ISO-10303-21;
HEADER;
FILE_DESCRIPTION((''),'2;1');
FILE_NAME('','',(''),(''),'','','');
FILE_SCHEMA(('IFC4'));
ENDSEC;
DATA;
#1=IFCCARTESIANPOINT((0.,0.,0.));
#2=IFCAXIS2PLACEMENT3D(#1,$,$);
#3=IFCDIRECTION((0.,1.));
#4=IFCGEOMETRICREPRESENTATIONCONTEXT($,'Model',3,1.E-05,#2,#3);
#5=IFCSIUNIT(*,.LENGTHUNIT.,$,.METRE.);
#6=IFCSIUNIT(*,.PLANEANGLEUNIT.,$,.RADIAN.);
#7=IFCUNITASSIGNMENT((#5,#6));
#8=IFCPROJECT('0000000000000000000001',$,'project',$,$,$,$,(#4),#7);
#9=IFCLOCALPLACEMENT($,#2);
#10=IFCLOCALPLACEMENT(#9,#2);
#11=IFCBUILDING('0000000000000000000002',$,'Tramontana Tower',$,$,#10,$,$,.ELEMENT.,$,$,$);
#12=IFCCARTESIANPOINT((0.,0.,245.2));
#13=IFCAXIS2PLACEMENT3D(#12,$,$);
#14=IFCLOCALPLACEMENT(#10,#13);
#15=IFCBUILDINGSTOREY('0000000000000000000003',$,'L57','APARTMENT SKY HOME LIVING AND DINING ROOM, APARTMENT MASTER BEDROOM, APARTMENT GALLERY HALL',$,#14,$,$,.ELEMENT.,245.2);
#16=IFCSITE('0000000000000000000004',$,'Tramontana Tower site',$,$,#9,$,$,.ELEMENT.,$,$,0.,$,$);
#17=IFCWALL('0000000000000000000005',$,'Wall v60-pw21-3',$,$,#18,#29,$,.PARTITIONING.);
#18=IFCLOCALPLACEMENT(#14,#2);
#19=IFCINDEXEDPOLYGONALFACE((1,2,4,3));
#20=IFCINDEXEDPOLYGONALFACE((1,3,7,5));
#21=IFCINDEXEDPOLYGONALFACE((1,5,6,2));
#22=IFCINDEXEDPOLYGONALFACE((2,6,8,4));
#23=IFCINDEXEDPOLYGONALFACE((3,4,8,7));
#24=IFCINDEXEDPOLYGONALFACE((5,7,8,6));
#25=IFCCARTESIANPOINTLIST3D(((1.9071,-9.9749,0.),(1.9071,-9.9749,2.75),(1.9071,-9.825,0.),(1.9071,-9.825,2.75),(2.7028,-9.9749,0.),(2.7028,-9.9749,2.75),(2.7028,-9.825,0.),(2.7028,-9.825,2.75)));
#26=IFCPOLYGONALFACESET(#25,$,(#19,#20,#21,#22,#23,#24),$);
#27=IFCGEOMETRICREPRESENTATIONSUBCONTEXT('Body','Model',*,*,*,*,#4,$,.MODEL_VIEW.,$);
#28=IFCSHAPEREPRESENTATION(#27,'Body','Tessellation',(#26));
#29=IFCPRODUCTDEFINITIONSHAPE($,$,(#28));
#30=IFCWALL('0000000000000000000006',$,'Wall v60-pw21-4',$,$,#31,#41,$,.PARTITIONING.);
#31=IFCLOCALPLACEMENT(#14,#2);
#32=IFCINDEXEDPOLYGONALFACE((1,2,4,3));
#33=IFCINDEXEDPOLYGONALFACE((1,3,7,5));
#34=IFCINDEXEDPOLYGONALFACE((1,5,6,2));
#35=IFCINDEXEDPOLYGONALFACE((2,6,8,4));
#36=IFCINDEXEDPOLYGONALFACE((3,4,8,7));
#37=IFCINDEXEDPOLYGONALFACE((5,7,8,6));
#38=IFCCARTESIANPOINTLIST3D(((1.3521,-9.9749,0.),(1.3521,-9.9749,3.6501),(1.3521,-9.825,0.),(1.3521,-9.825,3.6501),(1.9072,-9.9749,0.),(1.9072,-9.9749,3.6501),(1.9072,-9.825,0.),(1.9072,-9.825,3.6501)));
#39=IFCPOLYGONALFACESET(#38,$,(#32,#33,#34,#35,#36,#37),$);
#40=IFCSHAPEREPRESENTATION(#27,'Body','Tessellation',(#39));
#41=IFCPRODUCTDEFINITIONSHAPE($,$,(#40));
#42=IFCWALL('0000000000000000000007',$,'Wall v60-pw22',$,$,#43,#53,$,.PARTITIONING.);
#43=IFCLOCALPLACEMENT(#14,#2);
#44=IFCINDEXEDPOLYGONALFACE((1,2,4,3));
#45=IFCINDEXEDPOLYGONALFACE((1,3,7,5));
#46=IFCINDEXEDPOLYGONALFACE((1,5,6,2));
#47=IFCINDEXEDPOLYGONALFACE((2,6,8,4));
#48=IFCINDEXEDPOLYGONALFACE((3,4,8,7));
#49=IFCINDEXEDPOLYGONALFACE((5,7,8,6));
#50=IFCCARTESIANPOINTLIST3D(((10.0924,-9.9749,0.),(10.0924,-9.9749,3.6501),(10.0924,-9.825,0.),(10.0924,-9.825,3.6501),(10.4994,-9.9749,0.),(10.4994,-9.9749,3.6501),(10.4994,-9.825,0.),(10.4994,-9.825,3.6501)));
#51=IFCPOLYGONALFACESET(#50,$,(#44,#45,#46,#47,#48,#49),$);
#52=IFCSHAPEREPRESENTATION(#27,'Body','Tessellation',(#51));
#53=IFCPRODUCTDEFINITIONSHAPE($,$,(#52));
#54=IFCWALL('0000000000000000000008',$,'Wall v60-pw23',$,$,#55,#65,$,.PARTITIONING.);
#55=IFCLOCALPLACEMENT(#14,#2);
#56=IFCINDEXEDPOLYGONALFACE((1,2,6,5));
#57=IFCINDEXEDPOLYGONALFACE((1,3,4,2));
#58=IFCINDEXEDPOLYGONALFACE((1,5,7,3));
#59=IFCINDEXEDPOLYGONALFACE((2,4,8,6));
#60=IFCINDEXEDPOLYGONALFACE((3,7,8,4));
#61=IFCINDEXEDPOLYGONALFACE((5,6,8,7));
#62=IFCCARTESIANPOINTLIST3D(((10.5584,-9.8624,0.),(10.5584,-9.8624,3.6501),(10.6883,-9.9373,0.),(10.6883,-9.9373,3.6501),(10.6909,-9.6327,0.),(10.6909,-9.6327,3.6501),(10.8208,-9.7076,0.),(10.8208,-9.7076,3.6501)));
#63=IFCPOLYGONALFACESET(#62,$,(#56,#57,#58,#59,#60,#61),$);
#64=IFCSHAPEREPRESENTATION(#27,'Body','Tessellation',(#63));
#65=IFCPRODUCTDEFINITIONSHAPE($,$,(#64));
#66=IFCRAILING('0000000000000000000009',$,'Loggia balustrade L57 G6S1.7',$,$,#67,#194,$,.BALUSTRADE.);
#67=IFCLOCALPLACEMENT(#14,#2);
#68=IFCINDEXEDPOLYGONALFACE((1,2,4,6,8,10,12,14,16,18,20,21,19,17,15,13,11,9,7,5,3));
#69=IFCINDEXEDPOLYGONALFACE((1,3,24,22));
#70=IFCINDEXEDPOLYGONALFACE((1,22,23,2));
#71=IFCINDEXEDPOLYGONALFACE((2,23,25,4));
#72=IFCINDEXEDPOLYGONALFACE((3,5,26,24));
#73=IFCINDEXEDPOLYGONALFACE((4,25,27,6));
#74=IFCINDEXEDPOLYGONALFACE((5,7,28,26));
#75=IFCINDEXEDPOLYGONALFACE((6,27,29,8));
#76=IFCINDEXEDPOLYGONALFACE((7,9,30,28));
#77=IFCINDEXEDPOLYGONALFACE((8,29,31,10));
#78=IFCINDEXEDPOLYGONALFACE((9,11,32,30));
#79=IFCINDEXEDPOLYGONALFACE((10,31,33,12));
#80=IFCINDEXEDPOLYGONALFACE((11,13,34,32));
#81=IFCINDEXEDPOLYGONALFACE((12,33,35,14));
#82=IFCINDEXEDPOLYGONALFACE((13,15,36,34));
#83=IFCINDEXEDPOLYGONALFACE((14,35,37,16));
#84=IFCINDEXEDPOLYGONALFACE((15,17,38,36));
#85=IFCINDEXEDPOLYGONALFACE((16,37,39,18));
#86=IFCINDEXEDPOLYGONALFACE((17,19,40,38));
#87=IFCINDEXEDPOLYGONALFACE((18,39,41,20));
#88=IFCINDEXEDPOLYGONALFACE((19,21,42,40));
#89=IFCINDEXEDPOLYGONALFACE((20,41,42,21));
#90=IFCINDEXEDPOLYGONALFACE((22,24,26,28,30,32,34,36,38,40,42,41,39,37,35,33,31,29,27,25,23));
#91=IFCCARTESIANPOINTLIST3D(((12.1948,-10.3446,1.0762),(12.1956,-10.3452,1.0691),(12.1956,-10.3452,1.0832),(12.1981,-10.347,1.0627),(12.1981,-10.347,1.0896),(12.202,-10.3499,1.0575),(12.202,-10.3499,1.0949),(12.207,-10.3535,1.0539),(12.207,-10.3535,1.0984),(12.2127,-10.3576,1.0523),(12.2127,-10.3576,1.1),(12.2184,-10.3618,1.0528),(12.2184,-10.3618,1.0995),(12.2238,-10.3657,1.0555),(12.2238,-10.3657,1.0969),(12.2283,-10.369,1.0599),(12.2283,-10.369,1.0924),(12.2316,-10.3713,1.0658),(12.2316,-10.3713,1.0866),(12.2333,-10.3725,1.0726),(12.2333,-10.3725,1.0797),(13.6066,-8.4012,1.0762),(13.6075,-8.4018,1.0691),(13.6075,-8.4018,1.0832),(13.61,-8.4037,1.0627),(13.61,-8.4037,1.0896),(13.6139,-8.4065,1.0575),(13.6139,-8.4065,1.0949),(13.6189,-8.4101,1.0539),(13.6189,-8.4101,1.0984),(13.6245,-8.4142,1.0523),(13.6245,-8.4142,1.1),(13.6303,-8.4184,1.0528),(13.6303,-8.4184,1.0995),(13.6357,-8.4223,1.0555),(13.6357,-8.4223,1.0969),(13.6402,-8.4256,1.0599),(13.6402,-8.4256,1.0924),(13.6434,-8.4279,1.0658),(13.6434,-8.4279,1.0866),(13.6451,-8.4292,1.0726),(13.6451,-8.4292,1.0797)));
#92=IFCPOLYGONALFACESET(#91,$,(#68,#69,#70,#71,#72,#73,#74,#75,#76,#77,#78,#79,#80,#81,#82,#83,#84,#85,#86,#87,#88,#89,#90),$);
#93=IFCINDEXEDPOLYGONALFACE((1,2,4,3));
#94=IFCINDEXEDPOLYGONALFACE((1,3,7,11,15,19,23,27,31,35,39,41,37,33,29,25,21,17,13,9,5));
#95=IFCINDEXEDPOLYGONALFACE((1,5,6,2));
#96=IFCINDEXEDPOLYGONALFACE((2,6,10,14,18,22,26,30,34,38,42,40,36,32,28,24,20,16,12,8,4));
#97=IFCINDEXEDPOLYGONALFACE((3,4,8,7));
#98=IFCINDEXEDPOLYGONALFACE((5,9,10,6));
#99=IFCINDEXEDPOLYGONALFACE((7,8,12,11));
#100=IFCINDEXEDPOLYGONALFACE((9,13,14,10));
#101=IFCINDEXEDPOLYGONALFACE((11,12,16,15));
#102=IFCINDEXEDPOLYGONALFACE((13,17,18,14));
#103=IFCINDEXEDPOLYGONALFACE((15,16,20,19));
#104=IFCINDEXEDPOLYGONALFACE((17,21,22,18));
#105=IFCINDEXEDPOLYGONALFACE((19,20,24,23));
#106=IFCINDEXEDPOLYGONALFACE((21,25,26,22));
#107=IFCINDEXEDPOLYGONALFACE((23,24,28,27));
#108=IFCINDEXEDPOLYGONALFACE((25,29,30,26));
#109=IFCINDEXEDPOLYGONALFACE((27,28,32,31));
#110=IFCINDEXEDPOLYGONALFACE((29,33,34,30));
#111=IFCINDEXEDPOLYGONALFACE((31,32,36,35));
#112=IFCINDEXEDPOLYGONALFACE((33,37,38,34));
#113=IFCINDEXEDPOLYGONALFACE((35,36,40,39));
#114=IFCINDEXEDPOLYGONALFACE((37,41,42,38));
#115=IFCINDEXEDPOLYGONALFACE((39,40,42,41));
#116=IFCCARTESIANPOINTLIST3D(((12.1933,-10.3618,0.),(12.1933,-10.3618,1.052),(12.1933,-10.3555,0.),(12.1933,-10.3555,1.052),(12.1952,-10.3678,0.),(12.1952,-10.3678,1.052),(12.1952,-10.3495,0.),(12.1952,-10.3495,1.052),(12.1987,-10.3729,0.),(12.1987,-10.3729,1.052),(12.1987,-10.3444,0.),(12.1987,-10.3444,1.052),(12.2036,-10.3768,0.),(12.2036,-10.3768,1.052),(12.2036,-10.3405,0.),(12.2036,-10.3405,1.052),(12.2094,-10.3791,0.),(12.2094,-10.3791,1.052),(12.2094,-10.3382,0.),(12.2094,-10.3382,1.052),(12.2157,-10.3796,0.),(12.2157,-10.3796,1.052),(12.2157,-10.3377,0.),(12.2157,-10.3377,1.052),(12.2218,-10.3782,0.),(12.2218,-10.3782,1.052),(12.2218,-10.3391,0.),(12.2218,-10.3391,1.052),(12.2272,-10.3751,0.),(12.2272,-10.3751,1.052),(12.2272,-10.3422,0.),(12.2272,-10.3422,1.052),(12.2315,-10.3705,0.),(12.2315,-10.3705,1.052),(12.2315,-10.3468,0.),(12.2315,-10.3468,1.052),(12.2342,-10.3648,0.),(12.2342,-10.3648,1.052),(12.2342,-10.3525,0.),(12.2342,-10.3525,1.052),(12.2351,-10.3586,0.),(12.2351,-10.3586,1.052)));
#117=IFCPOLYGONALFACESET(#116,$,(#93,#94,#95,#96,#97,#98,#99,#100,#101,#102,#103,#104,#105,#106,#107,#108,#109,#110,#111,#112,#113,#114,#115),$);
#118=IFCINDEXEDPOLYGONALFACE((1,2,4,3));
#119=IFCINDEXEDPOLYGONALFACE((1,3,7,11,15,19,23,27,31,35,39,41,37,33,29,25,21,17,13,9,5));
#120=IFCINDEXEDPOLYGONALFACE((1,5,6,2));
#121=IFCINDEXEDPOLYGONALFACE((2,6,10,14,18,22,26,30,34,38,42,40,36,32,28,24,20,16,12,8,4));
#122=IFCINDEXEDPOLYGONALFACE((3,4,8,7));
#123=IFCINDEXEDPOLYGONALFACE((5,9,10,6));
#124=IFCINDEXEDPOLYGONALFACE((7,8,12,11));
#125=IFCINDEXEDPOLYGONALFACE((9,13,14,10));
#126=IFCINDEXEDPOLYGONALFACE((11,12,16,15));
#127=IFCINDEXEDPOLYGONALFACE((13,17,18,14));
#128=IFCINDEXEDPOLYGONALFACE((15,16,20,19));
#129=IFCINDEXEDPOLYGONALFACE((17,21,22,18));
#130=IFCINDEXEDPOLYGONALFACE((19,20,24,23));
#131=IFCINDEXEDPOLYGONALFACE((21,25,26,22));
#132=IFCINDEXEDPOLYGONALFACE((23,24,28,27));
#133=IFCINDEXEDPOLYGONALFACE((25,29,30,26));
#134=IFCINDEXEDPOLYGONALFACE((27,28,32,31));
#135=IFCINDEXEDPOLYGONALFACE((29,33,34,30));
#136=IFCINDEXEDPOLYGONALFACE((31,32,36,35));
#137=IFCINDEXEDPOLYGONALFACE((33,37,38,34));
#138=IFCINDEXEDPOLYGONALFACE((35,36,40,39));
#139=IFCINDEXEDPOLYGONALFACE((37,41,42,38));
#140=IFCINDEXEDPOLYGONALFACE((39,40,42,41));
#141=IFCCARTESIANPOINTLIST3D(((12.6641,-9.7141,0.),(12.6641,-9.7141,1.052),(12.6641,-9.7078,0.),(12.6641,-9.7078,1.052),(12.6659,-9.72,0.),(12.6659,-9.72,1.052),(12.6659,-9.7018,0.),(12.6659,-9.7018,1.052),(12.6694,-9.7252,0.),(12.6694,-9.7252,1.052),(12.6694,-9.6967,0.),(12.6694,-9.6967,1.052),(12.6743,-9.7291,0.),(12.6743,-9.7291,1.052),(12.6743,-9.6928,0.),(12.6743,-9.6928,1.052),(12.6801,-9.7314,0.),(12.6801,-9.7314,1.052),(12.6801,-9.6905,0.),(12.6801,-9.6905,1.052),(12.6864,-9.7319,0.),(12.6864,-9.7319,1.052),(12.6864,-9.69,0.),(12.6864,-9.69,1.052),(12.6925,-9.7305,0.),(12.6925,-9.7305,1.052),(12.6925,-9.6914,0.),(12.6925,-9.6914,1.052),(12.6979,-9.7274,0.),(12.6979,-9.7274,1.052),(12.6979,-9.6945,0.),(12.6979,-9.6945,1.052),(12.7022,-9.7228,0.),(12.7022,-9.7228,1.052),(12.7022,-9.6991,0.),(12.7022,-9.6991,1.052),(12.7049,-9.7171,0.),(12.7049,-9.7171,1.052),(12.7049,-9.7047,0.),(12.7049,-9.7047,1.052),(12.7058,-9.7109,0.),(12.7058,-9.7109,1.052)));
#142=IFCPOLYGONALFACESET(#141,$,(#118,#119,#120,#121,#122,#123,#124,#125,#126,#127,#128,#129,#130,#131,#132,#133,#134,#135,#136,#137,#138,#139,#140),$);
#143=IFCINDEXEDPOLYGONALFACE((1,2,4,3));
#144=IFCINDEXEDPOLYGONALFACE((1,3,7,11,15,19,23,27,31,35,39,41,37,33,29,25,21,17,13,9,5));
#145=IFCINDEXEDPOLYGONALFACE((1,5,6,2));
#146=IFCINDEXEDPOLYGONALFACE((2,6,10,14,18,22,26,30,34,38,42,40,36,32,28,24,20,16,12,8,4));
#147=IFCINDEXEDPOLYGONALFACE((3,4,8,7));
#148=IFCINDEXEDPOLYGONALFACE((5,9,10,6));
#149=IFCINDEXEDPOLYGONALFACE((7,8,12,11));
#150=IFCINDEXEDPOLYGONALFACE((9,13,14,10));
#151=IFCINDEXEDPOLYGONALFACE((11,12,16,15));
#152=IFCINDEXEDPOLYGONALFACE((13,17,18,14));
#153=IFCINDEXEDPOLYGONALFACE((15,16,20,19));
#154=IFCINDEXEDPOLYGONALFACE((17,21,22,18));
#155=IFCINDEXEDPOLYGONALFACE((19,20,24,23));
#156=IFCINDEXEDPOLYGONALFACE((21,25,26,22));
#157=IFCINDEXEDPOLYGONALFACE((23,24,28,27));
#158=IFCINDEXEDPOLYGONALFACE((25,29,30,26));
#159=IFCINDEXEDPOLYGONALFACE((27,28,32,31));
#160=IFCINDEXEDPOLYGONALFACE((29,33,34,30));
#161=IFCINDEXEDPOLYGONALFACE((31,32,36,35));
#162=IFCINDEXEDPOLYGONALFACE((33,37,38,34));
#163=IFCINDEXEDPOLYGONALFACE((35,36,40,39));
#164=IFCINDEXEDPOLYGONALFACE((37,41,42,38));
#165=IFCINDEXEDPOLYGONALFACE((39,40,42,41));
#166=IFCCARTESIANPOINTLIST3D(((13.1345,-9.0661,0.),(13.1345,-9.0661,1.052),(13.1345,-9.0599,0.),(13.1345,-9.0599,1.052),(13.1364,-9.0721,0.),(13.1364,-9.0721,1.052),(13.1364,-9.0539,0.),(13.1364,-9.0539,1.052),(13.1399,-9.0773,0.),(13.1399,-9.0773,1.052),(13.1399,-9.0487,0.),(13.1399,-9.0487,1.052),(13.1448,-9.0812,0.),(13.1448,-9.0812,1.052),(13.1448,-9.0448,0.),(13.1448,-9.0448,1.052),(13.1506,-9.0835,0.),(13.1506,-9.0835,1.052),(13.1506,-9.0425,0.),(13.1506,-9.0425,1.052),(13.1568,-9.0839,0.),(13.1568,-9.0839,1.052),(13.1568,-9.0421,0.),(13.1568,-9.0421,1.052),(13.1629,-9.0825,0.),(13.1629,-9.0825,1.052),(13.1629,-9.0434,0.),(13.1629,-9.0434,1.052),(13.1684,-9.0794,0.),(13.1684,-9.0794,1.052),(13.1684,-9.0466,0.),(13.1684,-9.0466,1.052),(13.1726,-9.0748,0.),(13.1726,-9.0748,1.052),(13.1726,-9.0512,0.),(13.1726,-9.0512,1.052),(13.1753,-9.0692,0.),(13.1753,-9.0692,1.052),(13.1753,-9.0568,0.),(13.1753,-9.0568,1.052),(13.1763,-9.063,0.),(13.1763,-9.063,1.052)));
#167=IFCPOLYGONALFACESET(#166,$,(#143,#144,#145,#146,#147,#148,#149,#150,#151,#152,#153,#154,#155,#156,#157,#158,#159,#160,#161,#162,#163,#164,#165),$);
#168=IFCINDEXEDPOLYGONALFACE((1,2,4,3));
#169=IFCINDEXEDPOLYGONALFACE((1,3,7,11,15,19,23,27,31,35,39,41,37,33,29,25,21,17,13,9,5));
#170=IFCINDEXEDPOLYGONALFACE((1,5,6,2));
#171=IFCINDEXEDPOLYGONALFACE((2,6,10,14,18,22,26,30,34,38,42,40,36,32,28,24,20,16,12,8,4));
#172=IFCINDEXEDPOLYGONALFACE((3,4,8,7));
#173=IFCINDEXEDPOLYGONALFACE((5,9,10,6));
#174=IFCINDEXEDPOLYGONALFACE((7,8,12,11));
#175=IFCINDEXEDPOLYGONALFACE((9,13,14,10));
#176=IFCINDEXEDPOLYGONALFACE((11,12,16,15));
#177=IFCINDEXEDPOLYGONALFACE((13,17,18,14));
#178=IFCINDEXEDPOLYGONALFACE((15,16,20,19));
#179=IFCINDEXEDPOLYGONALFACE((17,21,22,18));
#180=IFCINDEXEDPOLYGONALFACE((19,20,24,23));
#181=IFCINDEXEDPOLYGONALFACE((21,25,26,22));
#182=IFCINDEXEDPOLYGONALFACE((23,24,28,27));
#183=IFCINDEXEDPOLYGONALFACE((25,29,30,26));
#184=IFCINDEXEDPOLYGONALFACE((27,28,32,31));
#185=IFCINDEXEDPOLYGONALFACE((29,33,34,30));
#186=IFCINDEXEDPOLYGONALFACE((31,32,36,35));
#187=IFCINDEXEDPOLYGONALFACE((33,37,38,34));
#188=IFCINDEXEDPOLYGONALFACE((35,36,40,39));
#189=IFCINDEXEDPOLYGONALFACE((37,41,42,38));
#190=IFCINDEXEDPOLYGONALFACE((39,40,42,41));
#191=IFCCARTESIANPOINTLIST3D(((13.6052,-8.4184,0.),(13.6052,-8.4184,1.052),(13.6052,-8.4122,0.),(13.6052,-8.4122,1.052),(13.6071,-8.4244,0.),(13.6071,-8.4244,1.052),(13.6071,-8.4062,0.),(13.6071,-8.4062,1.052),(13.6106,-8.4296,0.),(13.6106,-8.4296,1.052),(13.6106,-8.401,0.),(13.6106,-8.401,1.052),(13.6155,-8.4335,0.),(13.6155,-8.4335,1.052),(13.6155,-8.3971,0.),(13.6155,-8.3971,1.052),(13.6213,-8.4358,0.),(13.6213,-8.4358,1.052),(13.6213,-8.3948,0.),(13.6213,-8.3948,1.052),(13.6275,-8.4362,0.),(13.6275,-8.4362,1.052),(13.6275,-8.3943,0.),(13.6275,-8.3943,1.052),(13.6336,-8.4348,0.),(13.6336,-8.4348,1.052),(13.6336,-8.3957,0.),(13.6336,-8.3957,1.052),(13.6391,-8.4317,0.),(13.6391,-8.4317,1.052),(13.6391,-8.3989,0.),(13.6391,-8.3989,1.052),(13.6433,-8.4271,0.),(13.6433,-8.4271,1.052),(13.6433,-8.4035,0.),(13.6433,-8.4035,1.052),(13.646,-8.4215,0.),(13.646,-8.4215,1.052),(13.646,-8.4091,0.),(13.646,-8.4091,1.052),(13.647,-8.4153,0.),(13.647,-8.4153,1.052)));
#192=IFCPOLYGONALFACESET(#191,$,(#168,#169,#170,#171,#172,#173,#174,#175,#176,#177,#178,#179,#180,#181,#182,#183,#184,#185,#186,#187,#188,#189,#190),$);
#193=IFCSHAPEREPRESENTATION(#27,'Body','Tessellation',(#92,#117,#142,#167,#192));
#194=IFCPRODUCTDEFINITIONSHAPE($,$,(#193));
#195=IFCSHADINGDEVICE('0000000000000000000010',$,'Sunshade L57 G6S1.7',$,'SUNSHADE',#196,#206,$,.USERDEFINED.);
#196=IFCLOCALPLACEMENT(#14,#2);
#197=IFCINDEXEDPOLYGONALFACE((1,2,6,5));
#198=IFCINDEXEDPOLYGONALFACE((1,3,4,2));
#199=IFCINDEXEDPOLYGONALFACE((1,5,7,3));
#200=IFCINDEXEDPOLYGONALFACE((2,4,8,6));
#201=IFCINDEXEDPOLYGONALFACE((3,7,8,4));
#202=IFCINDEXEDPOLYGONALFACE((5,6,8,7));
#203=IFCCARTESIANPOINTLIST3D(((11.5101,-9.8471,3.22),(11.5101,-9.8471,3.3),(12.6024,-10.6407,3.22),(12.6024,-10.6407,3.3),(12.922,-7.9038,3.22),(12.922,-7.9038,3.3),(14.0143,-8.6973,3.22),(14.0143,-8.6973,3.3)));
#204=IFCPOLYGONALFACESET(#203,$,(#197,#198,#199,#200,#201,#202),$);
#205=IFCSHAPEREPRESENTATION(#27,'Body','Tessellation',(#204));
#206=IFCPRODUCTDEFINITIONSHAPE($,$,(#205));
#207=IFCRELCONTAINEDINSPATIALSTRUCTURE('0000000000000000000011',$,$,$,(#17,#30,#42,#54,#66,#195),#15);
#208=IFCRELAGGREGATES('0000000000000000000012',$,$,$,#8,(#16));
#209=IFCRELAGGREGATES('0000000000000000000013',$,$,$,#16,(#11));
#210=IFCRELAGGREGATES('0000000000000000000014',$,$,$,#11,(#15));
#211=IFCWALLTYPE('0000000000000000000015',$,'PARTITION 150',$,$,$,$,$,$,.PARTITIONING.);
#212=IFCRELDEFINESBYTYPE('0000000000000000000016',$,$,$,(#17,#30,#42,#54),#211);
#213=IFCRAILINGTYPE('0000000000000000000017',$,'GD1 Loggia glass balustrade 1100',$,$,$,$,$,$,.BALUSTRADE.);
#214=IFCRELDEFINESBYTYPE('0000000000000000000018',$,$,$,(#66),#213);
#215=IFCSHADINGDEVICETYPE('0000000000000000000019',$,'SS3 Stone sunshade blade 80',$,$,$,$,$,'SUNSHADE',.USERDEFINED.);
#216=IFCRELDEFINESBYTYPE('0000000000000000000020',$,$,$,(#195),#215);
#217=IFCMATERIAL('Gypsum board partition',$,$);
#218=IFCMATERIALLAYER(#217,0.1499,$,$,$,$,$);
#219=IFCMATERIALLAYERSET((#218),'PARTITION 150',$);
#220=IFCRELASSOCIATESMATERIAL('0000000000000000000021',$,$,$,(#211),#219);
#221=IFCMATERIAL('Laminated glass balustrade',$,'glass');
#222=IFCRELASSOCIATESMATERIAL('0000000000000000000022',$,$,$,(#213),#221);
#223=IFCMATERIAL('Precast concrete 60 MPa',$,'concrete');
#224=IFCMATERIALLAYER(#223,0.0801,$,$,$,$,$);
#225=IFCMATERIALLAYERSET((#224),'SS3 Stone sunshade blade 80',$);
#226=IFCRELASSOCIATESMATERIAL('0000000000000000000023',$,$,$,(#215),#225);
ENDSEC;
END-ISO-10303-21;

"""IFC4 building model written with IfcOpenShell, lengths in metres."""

from ifc_helpers import new_model, si_unit, direction, frame, frame_2d, origin, origin_2d, place, context, subcontext, project, spatial, rectangle, circle, extrude, material, layer, layer_set, type_object, element, save


model = new_model("IFC4")

# Units and contexts
model_context = context("Model", 3, precision=1e-05, world=origin(), true_north=direction((0.0, 1.0)))
body_context = subcontext(model_context, "Body", "Model", "MODEL_VIEW")
ifc_project = project(units=[si_unit("LENGTHUNIT", "METRE"), si_unit("PLANEANGLEUNIT", "RADIAN")], contexts=[model_context])

# Site, building, storey
site_placement = place(None, origin())
site = spatial("IfcSite", under=ifc_project, at=site_placement, Name="Tramontana Tower site", CompositionType="ELEMENT", RefElevation=0.0)
building_placement = place(site_placement, origin())
building = spatial("IfcBuilding", under=site, at=building_placement, Name="Tramontana Tower", CompositionType="ELEMENT")
storey_placement = place(building_placement, frame((0.0, 0.0, 245.2)))
storey = spatial("IfcBuildingStorey", under=building, at=storey_placement, Name="L57", Description="APARTMENT SKY HOME LIVING AND DINING ROOM, APARTMENT MASTER BEDROOM, APARTMENT GALLERY HALL", CompositionType="ELEMENT", Elevation=245.2)

# Shared definitions
ifc_material_1 = material(Name="Gypsum board partition")
ifc_layer_1 = layer(ifc_material_1, 0.1499)
ifc_layer_set_1 = layer_set([ifc_layer_1], Name="PARTITION 150")
wall_type_1 = type_object("IfcWallType", Name="PARTITION 150", PredefinedType="PARTITIONING", material=ifc_layer_set_1)

# Walls
wall_1_placement = place(storey_placement, frame((2.7029, -9.8999, 0.0), z_axis=(0.0, 0.0, 1.0), x_axis=(-1.0, 0.0, 0.0)))
element("IfcWall", 1, at=wall_1_placement, inside=storey, type_object=wall_type_1, Name="Wall v60-pw21-3", PredefinedType="PARTITIONING", context=body_context, shape_type="SweptSolid", body=[
    extrude(rectangle(XDim=0.7957, YDim=0.1499, at=frame_2d((0.3979, 0.0))), origin(), (0.0, 0.0, 1.0), 2.75),
])
wall_2_placement = place(storey_placement, frame((1.9072, -9.8999, 0.0), z_axis=(0.0, 0.0, 1.0), x_axis=(-1.0, 0.0, 0.0)))
element("IfcWall", 2, at=wall_2_placement, inside=storey, type_object=wall_type_1, Name="Wall v60-pw21-4", PredefinedType="PARTITIONING", context=body_context, shape_type="SweptSolid", body=[
    extrude(rectangle(XDim=0.5552, YDim=0.1499, at=frame_2d((0.2776, 0.0))), origin(), (0.0, 0.0, 1.0), 3.6501),
])
wall_3_placement = place(storey_placement, frame((10.0923, -9.8999, 0.0), z_axis=(0.0, 0.0, 1.0), x_axis=(1.0, 0.0, 0.0)))
element("IfcWall", 3, at=wall_3_placement, inside=storey, type_object=wall_type_1, Name="Wall v60-pw22", PredefinedType="PARTITIONING", context=body_context, shape_type="SweptSolid", body=[
    extrude(rectangle(XDim=0.407, YDim=0.1499, at=frame_2d((0.2036, 0.0))), origin(), (0.0, 0.0, 1.0), 3.6501),
])
wall_4_placement = place(storey_placement, frame((10.7559, -9.6702, 0.0), z_axis=(0.0, 0.0, 1.0), x_axis=(-0.499802, -0.86614, 0.0)))
element("IfcWall", 4, at=wall_4_placement, inside=storey, type_object=wall_type_1, Name="Wall v60-pw23", PredefinedType="PARTITIONING", context=body_context, shape_type="SweptSolid", body=[
    extrude(rectangle(XDim=0.2651, YDim=0.1499, at=frame_2d((0.1326, 0.0))), origin(), (0.0, 0.0, 1.0), 3.6501),
])

# Railing
ifc_material_2 = material(Name="Laminated glass balustrade", Category="glass")
railing_type = type_object("IfcRailingType", Name="GD1 Loggia glass balustrade 1100", PredefinedType="BALUSTRADE", material=ifc_material_2)
railing_placement = place(storey_placement, frame((12.2141, -10.3586, 0.0)))
element("IfcRailing", 5, at=railing_placement, inside=storey, type_object=railing_type, Name="Loggia balustrade L57 G6S1.7", PredefinedType="BALUSTRADE", context=body_context, shape_type="SweptSolid", body=[
    extrude(circle(Radius=0.0239, at=origin_2d()), frame((0.0, 0.0, 1.0762), z_axis=(0.587767, 0.80903, 0.0), x_axis=(-0.80903, 0.587767, 0.0)), (0.0, 0.0, 1.0), 2.4021),
    extrude(circle(Radius=0.021, at=origin_2d()), origin(), (0.0, 0.0, 1.0), 1.052),
    extrude(circle(Radius=0.021, at=origin_2d()), frame((0.4707, 0.6477, 0.0)), (0.0, 0.0, 1.0), 1.052),
    extrude(circle(Radius=0.021, at=origin_2d()), frame((0.9412, 1.2957, 0.0)), (0.0, 0.0, 1.0), 1.052),
    extrude(circle(Radius=0.021, at=origin_2d()), frame((1.4119, 1.9434, 0.0)), (0.0, 0.0, 1.0), 1.052),
])

# Shading device
ifc_material_3 = material(Name="Precast concrete 60 MPa", Category="concrete")
ifc_layer_2 = layer(ifc_material_3, 0.0801)
ifc_layer_set_2 = layer_set([ifc_layer_2], Name="SS3 Stone sunshade blade 80")
shading_device_type = type_object("IfcShadingDeviceType", Name="SS3 Stone sunshade blade 80", ElementType="SUNSHADE", PredefinedType="USERDEFINED", material=ifc_layer_set_2)
shading_device_placement = place(storey_placement, frame((12.7622, -9.2722, 3.22), z_axis=(0.0, 0.0, 1.0), x_axis=(0.587785, 0.809017, 0.0)))
element("IfcShadingDevice", 6, at=shading_device_placement, inside=storey, type_object=shading_device_type, Name="Sunshade L57 G6S1.7", ObjectType="SUNSHADE", PredefinedType="USERDEFINED", context=body_context, shape_type="SweptSolid", body=[
    extrude(rectangle(XDim=2.4021, YDim=1.3501, at=origin_2d()), origin(), (0.0, 0.0, 1.0), 0.0801),
])

save(model, "model.ifc")
